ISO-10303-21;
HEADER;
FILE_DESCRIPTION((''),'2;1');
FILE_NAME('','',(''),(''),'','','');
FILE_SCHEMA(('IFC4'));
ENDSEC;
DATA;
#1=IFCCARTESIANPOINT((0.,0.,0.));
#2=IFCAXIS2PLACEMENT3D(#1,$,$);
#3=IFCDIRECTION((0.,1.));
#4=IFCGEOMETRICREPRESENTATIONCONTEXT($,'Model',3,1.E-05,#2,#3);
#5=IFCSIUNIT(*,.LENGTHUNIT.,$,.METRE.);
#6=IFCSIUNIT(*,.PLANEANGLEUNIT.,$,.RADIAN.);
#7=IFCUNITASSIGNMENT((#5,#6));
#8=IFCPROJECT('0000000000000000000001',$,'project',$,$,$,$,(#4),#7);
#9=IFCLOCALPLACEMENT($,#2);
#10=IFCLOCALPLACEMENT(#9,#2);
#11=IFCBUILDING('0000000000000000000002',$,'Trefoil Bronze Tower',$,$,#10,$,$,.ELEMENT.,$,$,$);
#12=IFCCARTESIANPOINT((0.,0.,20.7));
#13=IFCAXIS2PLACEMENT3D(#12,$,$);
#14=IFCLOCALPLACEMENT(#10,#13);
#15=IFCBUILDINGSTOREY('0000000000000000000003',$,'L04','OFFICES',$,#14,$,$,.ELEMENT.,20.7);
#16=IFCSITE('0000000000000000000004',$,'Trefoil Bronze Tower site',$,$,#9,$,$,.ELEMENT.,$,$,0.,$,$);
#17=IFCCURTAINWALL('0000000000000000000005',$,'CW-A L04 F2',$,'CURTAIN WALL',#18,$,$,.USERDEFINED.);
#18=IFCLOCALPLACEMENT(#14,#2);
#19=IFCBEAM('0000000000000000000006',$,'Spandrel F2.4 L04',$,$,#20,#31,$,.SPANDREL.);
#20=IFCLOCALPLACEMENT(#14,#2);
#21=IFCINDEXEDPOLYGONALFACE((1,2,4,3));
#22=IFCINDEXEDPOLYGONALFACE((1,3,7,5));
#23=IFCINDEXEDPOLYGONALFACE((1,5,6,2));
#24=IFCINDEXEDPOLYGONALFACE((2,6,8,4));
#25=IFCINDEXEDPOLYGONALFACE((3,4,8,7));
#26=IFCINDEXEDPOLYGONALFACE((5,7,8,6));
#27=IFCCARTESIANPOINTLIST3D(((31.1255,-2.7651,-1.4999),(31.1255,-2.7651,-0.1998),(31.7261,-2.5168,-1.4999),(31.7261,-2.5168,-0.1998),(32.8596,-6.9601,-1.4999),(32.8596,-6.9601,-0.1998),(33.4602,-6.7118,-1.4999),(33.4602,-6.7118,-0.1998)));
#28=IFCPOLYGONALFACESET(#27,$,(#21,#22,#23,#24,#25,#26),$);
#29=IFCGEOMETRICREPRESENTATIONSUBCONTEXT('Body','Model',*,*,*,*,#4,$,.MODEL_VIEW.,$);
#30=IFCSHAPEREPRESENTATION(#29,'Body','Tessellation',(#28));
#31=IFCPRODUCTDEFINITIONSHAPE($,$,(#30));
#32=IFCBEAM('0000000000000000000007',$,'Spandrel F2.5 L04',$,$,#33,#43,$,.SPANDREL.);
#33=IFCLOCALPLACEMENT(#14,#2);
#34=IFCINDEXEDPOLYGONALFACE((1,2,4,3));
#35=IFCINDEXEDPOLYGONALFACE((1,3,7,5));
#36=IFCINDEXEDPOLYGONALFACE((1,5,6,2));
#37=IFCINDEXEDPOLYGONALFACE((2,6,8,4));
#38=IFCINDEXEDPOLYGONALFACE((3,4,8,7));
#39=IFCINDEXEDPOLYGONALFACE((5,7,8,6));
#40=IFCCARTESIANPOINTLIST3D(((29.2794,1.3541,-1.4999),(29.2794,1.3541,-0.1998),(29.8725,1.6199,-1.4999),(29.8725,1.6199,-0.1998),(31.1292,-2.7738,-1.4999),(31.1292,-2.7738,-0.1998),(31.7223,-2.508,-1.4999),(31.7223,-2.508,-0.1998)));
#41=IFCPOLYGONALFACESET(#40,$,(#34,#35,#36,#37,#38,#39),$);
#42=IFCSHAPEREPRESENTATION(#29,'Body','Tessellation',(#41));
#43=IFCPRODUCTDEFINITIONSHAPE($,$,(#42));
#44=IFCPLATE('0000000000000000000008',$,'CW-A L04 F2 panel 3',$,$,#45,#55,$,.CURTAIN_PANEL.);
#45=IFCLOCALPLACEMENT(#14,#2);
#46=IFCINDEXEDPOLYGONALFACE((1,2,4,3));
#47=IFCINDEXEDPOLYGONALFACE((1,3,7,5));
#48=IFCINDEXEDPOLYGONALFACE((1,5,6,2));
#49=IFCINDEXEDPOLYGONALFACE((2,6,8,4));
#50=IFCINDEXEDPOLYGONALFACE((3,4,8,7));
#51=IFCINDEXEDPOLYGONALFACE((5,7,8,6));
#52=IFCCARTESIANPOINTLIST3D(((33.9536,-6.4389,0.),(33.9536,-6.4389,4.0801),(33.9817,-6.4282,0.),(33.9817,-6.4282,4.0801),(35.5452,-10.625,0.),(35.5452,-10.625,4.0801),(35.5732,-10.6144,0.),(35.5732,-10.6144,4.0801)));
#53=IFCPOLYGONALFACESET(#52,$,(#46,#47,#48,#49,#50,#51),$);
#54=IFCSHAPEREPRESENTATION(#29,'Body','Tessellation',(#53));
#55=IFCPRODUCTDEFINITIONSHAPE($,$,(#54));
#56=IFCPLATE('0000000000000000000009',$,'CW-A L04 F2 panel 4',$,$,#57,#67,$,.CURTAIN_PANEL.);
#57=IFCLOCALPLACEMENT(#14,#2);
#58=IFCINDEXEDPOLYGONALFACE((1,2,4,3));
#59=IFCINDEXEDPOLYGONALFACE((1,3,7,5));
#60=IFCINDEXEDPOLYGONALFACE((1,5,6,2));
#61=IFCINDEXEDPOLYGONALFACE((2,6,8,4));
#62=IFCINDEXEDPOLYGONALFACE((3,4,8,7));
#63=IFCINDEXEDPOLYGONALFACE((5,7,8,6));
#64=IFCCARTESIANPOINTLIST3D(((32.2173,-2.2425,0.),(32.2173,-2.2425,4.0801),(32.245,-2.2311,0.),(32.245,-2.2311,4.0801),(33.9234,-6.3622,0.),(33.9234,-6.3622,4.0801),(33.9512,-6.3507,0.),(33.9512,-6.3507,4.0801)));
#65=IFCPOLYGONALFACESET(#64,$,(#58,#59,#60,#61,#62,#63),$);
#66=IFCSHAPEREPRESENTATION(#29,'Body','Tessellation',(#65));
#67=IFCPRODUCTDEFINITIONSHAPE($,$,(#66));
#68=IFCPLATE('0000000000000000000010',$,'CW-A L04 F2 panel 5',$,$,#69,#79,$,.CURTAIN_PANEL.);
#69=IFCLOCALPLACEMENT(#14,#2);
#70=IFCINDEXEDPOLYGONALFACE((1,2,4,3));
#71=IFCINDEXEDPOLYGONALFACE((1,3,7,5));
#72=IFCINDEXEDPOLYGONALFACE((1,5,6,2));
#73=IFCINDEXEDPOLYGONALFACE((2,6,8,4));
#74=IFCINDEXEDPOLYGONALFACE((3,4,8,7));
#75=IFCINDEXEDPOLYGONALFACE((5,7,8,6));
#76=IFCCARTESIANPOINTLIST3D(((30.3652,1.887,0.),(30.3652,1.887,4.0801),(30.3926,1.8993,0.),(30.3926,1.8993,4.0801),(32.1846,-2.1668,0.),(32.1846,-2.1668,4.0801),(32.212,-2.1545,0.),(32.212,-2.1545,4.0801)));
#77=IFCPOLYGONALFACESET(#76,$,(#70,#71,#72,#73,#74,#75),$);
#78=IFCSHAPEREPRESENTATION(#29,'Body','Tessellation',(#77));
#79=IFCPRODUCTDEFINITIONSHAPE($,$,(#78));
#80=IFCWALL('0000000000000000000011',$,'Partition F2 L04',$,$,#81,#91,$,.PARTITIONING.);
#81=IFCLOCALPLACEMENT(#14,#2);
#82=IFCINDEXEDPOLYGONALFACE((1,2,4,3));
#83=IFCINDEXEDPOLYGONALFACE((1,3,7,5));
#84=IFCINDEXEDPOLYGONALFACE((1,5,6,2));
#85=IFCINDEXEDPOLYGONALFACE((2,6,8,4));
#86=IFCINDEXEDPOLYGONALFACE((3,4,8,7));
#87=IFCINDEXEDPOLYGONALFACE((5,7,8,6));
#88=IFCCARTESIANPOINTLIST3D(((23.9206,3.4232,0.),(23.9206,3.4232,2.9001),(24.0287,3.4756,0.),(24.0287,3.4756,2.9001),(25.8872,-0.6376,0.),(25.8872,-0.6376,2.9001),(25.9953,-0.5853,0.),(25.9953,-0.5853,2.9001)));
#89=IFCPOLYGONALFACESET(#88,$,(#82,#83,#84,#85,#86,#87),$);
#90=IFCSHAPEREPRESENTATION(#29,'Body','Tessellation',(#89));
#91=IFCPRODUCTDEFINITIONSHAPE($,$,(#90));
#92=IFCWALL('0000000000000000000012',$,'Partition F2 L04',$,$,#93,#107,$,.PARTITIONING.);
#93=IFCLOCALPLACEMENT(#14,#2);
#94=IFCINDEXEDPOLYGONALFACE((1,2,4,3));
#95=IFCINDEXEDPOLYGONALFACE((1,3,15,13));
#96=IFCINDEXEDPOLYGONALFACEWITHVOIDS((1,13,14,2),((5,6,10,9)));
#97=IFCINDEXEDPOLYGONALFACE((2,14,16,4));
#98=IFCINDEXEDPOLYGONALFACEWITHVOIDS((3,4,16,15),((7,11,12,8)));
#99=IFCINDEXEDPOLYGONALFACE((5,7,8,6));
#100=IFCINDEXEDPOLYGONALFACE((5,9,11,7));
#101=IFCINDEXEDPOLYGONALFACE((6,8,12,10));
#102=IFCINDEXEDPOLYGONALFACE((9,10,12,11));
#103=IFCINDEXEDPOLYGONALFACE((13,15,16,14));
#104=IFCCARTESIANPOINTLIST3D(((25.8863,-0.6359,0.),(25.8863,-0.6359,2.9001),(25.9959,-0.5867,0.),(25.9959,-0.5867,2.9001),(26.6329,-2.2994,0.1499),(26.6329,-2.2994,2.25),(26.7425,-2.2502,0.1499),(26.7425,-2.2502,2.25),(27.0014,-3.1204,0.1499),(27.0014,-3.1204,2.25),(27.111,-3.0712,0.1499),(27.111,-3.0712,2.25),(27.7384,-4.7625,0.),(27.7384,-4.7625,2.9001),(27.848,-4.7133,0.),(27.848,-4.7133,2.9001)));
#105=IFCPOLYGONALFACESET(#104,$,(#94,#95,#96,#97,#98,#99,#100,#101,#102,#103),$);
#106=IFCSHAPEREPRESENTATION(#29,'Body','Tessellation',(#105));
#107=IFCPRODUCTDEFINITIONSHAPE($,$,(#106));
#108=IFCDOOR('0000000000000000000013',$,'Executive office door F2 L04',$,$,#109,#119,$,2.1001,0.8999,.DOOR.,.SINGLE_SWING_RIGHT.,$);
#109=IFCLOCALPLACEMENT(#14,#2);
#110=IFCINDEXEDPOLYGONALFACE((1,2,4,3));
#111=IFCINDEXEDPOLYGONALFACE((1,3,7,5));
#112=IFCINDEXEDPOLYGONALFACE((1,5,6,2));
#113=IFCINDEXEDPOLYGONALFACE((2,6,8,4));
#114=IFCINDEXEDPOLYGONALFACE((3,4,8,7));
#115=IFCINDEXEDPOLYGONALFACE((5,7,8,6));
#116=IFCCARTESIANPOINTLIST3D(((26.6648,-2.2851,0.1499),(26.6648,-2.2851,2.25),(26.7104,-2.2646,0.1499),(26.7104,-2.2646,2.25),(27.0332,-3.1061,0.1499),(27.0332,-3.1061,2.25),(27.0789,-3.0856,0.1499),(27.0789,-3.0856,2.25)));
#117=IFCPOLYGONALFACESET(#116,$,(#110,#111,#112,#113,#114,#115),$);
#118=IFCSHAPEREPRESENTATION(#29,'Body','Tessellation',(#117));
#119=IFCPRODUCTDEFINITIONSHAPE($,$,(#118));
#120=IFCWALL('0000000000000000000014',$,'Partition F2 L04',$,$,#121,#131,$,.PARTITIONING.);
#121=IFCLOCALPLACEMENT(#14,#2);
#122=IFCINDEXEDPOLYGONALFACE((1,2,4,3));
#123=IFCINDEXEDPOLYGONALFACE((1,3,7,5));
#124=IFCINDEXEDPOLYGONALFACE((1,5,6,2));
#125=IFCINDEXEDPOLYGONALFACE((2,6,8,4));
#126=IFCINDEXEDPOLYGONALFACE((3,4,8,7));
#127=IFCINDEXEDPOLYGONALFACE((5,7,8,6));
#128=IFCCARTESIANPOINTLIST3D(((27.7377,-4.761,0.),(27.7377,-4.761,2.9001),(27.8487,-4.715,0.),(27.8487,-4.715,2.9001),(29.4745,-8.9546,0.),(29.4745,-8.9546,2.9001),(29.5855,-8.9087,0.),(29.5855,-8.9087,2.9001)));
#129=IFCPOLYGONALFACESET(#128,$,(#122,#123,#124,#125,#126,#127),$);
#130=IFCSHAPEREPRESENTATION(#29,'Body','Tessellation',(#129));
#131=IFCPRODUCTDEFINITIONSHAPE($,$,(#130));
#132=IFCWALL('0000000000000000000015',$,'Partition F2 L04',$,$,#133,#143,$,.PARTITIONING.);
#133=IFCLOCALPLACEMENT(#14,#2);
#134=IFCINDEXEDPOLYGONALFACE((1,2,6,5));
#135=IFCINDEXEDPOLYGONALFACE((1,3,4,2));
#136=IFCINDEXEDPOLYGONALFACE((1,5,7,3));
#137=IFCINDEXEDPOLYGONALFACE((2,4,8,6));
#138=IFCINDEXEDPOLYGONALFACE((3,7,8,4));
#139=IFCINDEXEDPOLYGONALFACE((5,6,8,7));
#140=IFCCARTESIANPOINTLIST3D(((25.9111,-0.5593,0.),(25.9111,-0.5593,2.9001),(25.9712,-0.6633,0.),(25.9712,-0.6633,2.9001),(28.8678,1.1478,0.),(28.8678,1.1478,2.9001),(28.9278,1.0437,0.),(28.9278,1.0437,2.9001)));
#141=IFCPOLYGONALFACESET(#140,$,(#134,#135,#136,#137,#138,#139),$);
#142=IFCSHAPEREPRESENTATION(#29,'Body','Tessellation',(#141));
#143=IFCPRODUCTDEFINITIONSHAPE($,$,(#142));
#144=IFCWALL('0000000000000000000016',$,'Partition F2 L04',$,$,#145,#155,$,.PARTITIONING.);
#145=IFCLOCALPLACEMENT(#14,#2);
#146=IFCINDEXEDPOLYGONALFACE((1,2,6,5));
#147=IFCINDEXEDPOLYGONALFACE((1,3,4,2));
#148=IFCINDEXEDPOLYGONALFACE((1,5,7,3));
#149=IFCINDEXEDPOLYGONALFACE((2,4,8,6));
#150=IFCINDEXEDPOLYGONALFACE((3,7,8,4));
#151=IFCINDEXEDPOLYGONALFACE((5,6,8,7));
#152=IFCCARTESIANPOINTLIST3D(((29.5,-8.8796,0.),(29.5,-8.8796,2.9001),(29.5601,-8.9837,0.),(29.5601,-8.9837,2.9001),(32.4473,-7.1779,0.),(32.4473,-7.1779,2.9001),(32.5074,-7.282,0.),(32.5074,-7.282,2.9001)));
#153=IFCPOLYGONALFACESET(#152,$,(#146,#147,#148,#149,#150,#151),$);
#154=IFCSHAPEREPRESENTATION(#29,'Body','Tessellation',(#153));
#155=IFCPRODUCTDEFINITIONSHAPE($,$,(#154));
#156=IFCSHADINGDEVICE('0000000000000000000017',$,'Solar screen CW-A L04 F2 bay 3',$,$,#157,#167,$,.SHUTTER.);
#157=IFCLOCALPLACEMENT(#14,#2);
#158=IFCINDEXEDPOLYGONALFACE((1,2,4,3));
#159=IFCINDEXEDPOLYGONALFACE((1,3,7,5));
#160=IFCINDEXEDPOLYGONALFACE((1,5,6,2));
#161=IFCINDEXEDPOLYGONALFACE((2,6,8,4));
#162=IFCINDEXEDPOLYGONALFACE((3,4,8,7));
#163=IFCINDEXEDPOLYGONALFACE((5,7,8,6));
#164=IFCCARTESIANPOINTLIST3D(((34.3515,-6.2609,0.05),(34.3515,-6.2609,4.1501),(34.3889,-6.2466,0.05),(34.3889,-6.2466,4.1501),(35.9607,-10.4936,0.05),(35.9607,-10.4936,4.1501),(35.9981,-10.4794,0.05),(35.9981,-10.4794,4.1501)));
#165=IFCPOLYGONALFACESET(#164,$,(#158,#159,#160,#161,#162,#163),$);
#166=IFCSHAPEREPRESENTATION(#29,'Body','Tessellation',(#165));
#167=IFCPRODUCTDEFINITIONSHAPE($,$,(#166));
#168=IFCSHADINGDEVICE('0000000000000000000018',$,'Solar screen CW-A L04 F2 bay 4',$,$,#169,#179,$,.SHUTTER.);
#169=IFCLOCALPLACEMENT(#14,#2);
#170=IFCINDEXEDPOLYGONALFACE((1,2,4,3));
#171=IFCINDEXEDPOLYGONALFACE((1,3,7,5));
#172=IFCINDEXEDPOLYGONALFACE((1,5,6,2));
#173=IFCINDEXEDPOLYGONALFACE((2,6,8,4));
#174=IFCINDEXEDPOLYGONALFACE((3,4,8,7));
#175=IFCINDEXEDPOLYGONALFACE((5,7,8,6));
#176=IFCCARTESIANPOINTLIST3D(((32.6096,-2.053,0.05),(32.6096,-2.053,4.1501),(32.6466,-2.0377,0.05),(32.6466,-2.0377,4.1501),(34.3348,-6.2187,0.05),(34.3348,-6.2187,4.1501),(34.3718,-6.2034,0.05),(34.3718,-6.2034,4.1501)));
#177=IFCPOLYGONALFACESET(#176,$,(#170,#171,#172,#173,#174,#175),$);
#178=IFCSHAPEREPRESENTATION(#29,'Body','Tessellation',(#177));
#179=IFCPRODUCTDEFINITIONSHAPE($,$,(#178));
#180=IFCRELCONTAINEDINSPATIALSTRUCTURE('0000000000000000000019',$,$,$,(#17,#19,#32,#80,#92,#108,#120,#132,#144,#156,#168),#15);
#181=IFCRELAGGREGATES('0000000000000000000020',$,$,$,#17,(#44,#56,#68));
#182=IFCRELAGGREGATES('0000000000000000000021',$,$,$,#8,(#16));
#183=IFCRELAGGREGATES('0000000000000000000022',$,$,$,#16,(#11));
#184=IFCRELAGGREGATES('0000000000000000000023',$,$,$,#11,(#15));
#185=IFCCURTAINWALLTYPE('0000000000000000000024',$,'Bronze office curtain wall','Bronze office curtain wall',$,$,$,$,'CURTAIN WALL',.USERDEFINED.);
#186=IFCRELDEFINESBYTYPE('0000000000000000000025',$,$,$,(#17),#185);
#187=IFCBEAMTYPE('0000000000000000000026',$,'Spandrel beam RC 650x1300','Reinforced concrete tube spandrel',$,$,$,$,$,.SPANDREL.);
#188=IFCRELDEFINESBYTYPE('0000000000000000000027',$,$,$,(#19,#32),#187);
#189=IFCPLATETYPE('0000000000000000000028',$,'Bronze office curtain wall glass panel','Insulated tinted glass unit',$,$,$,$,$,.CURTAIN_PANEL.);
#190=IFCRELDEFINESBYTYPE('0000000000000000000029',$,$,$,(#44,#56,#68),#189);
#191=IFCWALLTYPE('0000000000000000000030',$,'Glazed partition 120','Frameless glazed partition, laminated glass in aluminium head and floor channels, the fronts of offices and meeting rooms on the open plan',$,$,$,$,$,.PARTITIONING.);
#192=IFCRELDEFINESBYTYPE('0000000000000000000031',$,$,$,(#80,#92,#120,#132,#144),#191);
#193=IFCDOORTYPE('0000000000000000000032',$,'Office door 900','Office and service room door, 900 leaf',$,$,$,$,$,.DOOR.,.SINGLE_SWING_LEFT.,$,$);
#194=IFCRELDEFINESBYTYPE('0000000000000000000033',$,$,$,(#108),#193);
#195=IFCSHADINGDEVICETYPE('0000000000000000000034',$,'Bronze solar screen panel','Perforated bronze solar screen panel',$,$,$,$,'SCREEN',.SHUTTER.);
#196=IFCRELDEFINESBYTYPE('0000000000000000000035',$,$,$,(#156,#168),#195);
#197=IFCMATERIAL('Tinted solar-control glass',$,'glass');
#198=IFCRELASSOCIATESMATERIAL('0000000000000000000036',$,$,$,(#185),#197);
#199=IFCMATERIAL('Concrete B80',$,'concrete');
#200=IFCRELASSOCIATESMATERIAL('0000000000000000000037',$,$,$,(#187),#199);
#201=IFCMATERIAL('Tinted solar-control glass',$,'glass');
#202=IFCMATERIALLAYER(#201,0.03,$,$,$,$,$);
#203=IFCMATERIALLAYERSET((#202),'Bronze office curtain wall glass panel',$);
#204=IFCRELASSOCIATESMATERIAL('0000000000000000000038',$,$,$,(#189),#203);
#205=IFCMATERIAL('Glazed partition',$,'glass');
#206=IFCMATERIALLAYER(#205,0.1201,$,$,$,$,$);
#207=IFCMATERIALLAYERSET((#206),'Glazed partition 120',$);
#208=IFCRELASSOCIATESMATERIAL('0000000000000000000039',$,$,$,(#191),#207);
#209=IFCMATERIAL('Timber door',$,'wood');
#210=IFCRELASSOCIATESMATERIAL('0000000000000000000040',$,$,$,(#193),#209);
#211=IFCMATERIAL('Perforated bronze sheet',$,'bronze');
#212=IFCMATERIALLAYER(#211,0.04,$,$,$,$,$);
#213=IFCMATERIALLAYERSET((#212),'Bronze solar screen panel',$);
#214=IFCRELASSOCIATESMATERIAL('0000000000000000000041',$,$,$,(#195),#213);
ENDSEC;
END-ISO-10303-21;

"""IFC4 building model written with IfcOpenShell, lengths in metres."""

from ifc_helpers import new_model, si_unit, direction, frame, frame_2d, origin, origin_2d, place, context, subcontext, project, spatial, rectangle, extrude, material, layer, layer_set, material_profile, profile_set, type_object, element, fill, aggregate, save


model = new_model("IFC4")

# Units and contexts
model_context = context("Model", 3, precision=1e-05, world=origin(), true_north=direction((0.0, 1.0)))
body_context = subcontext(model_context, "Body", "Model", "MODEL_VIEW")
ifc_project = project(units=[si_unit("LENGTHUNIT", "METRE"), si_unit("PLANEANGLEUNIT", "RADIAN")], contexts=[model_context])

# Site, building, storey
site_placement = place(None, origin())
site = spatial("IfcSite", under=ifc_project, at=site_placement, Name="Trefoil Bronze Tower site", CompositionType="ELEMENT", RefElevation=0.0)
building_placement = place(site_placement, origin())
building = spatial("IfcBuilding", under=site, at=building_placement, Name="Trefoil Bronze Tower", CompositionType="ELEMENT")
storey_placement = place(building_placement, frame((0.0, 0.0, 20.7)))
storey = spatial("IfcBuildingStorey", under=building, at=storey_placement, Name="L04", Description="OFFICES", CompositionType="ELEMENT", Elevation=20.7)

# Curtain wall
ifc_material_1 = material(Name="Tinted solar-control glass", Category="glass")
curtain_wall_type = type_object("IfcCurtainWallType", Name="Bronze office curtain wall", Description="Bronze office curtain wall", ElementType="CURTAIN WALL", PredefinedType="USERDEFINED", material=ifc_material_1)
curtain_wall_placement = place(storey_placement, origin())
curtain_wall = element("IfcCurtainWall", 1, at=curtain_wall_placement, inside=storey, type_object=curtain_wall_type, Name="CW-A L04 F2", ObjectType="CURTAIN WALL", PredefinedType="USERDEFINED")

# Beams
ifc_material_2 = material(Name="Concrete B80", Category="concrete")
ifc_material_profile_1 = material_profile(ifc_material_2, rectangle(XDim=0.6499, YDim=1.3, at=origin_2d()), Name="RC 650x1300")
ifc_profile_set_1 = profile_set([ifc_material_profile_1], Name="Concrete B80")
beam_type_1 = type_object("IfcBeamType", Name="Spandrel beam RC 650x1300", Description="Reinforced concrete tube spandrel", PredefinedType="SPANDREL", material=ifc_profile_set_1)
beam_1_placement = place(storey_placement, frame((33.1599, -6.8359, -0.8499), z_axis=(-0.382021, 0.924154, 0.0), x_axis=(-0.924154, -0.382021, 0.0)))
element("IfcBeam", 2, at=beam_1_placement, inside=storey, type_object=beam_type_1, Name="Spandrel F2.4 L04", PredefinedType="SPANDREL", context=body_context, shape_type="SweptSolid", body=[
    extrude(rectangle(XDim=0.6499, YDim=1.3, at=origin_2d()), origin(), (0.0, 0.0, 1.0), 4.5393),
])
beam_2_placement = place(storey_placement, frame((31.4258, -2.6409, -0.8499), z_axis=(-0.408946, 0.912559, 0.0), x_axis=(-0.912559, -0.408946, 0.0)))
element("IfcBeam", 3, at=beam_2_placement, inside=storey, type_object=beam_type_1, Name="Spandrel F2.5 L04", PredefinedType="SPANDREL", context=body_context, shape_type="SweptSolid", body=[
    extrude(rectangle(XDim=0.6499, YDim=1.3, at=origin_2d()), origin(), (0.0, 0.0, 1.0), 4.5234),
])

# Plates
ifc_material_3 = material(Name="Tinted solar-control glass", Category="glass")
ifc_layer_1 = layer(ifc_material_3, 0.03)
ifc_layer_set_1 = layer_set([ifc_layer_1], Name="Bronze office curtain wall glass panel")
plate_type = type_object("IfcPlateType", Name="Bronze office curtain wall glass panel", Description="Insulated tinted glass unit", PredefinedType="CURTAIN_PANEL", material=ifc_layer_set_1)
plate_1_placement = place(storey_placement, frame((34.7634, -8.5266, 0.0), z_axis=(0.0, 0.0, 1.0), x_axis=(-0.355371, 0.934725, 0.0)))
plate_1 = element("IfcPlate", 4, at=plate_1_placement, type_object=plate_type, Name="CW-A L04 F2 panel 3", PredefinedType="CURTAIN_PANEL", context=body_context, shape_type="SweptSolid", body=[
    extrude(rectangle(XDim=4.4785, YDim=0.03, at=origin_2d()), origin(), (0.0, 0.0, 1.0), 4.0801),
])
plate_2_placement = place(storey_placement, frame((33.0842, -4.2966, 0.0), z_axis=(0.0, 0.0, 1.0), x_axis=(-0.38263, 0.923902, 0.0)))
plate_2 = element("IfcPlate", 5, at=plate_2_placement, type_object=plate_type, Name="CW-A L04 F2 panel 4", PredefinedType="CURTAIN_PANEL", context=body_context, shape_type="SweptSolid", body=[
    extrude(rectangle(XDim=4.459, YDim=0.03, at=origin_2d()), origin(), (0.0, 0.0, 1.0), 4.0801),
])
plate_3_placement = place(storey_placement, frame((31.2886, -0.1338, 0.0), z_axis=(0.0, 0.0, 1.0), x_axis=(-0.409456, 0.91233, 0.0)))
plate_3 = element("IfcPlate", 6, at=plate_3_placement, type_object=plate_type, Name="CW-A L04 F2 panel 5", PredefinedType="CURTAIN_PANEL", context=body_context, shape_type="SweptSolid", body=[
    extrude(rectangle(XDim=4.4434, YDim=0.03, at=origin_2d()), origin(), (0.0, 0.0, 1.0), 4.0801),
])
aggregate(curtain_wall, [plate_1, plate_2, plate_3])

# Wall
ifc_material_4 = material(Name="Glazed partition", Category="glass")
ifc_layer_2 = layer(ifc_material_4, 0.1201)
ifc_layer_set_2 = layer_set([ifc_layer_2], Name="Glazed partition 120")
wall_type = type_object("IfcWallType", Name="Glazed partition 120", Description="Frameless glazed partition, laminated glass in aluminium head and floor channels, the fronts of offices and meeting rooms on the open plan", PredefinedType="PARTITIONING", material=ifc_layer_set_2)
wall_1_placement = place(storey_placement, frame((25.9412, -0.6113, 0.0), z_axis=(0.0, 0.0, 1.0), x_axis=(-0.435858, 0.900015, 0.0)))
element("IfcWall", 7, at=wall_1_placement, inside=storey, type_object=wall_type, Name="Partition F2 L04", PredefinedType="PARTITIONING", context=body_context, shape_type="SweptSolid", body=[
    extrude(rectangle(XDim=4.512, YDim=0.1201, at=frame_2d((2.2559, 0.0))), origin(), (0.0, 0.0, 1.0), 2.9001),
])

# Wall, opening, door
wall_2_placement = place(storey_placement, frame((27.7932, -4.738, 0.0), z_axis=(0.0, 0.0, 1.0), x_axis=(-0.409451, 0.912332, 0.0)))
wall_2 = element("IfcWall", 8, at=wall_2_placement, inside=storey, type_object=wall_type, Name="Partition F2 L04", PredefinedType="PARTITIONING", context=body_context, shape_type="SweptSolid", body=[
    extrude(rectangle(XDim=4.5232, YDim=0.1201, at=frame_2d((2.2617, 0.0))), origin(), (0.0, 0.0, 1.0), 2.9001),
])
opening_placement = place(wall_2_placement, frame((1.8, 0.0, 0.1499)))
opening = element("IfcOpeningElement", 9, at=opening_placement, cuts=wall_2, PredefinedType="OPENING", context=body_context, shape_type="SweptSolid", body=[
    extrude(rectangle(XDim=0.8999, YDim=2.1001, at=frame_2d((0.45, 1.05))), frame((0.0, 0.0701, 0.0), z_axis=(0.0, -1.0, 0.0), x_axis=(1.0, 0.0, 0.0)), (0.0, 0.0, 1.0), 0.1401),
])
ifc_material_5 = material(Name="Timber door", Category="wood")
door_type = type_object("IfcDoorType", Name="Office door 900", Description="Office and service room door, 900 leaf", OperationType="SINGLE_SWING_LEFT", PredefinedType="DOOR", material=ifc_material_5)
door_placement = place(opening_placement, frame((0.8999, 0.0, 0.0), z_axis=(0.0, 0.0, 1.0), x_axis=(-1.0, 0.0, 0.0)))
door = element("IfcDoor", 10, at=door_placement, inside=storey, type_object=door_type, Name="Executive office door F2 L04", OperationType="SINGLE_SWING_RIGHT", OverallHeight=2.1001, OverallWidth=0.8999, PredefinedType="DOOR", context=body_context, shape_type="SweptSolid", body=[
    extrude(rectangle(XDim=0.8999, YDim=2.1001, at=frame_2d((0.45, 1.05))), frame((0.0, 0.0249, 0.0), z_axis=(0.0, -1.0, 0.0), x_axis=(1.0, 0.0, 0.0)), (0.0, 0.0, 1.0), 0.05),
])
fill(opening, door)

# Walls
wall_3_placement = place(storey_placement, frame((29.53, -8.9316, 0.0), z_axis=(0.0, 0.0, 1.0), x_axis=(-0.38264, 0.923898, 0.0)))
element("IfcWall", 11, at=wall_3_placement, inside=storey, type_object=wall_type, Name="Partition F2 L04", PredefinedType="PARTITIONING", context=body_context, shape_type="SweptSolid", body=[
    extrude(rectangle(XDim=4.5391, YDim=0.1201, at=frame_2d((2.2695, 0.0))), origin(), (0.0, 0.0, 1.0), 2.9001),
])
wall_4_placement = place(storey_placement, frame((25.9412, -0.6113, 0.0), z_axis=(0.0, 0.0, 1.0), x_axis=(0.866016, 0.500015, 0.0)))
element("IfcWall", 12, at=wall_4_placement, inside=storey, type_object=wall_type, Name="Partition F2 L04", PredefinedType="PARTITIONING", context=body_context, shape_type="SweptSolid", body=[
    extrude(rectangle(XDim=3.4141, YDim=0.1201, at=frame_2d((1.707, 0.0))), origin(), (0.0, 0.0, 1.0), 2.9001),
])
wall_5_placement = place(storey_placement, frame((29.53, -8.9316, 0.0), z_axis=(0.0, 0.0, 1.0), x_axis=(0.866018, 0.500012, 0.0)))
element("IfcWall", 13, at=wall_5_placement, inside=storey, type_object=wall_type, Name="Partition F2 L04", PredefinedType="PARTITIONING", context=body_context, shape_type="SweptSolid", body=[
    extrude(rectangle(XDim=3.4033, YDim=0.1201, at=frame_2d((1.7017, 0.0))), origin(), (0.0, 0.0, 1.0), 2.9001),
])

# Shading devices
ifc_material_6 = material(Name="Perforated bronze sheet", Category="bronze")
ifc_layer_3 = layer(ifc_material_6, 0.04)
ifc_layer_set_3 = layer_set([ifc_layer_3], Name="Bronze solar screen panel")
shading_device_type = type_object("IfcShadingDeviceType", Name="Bronze solar screen panel", Description="Perforated bronze solar screen panel", ElementType="SCREEN", PredefinedType="SHUTTER", material=ifc_layer_set_3)
shading_device_1_placement = place(storey_placement, frame((35.1748, -8.3701, 0.05), z_axis=(0.0, 0.0, 1.0), x_axis=(-0.355371, 0.934725, 0.0)))
element("IfcShadingDevice", 14, at=shading_device_1_placement, inside=storey, type_object=shading_device_type, Name="Solar screen CW-A L04 F2 bay 3", PredefinedType="SHUTTER", context=body_context, shape_type="SweptSolid", body=[
    extrude(rectangle(XDim=4.5283, YDim=0.04, at=origin_2d()), origin(), (0.0, 0.0, 1.0), 4.1001),
])
shading_device_2_placement = place(storey_placement, frame((33.4907, -4.1282, 0.05), z_axis=(0.0, 0.0, 1.0), x_axis=(-0.38263, 0.923902, 0.0)))
element("IfcShadingDevice", 15, at=shading_device_2_placement, inside=storey, type_object=shading_device_type, Name="Solar screen CW-A L04 F2 bay 4", PredefinedType="SHUTTER", context=body_context, shape_type="SweptSolid", body=[
    extrude(rectangle(XDim=4.5088, YDim=0.04, at=origin_2d()), origin(), (0.0, 0.0, 1.0), 4.1001),
])

save(model, "model.ifc")
